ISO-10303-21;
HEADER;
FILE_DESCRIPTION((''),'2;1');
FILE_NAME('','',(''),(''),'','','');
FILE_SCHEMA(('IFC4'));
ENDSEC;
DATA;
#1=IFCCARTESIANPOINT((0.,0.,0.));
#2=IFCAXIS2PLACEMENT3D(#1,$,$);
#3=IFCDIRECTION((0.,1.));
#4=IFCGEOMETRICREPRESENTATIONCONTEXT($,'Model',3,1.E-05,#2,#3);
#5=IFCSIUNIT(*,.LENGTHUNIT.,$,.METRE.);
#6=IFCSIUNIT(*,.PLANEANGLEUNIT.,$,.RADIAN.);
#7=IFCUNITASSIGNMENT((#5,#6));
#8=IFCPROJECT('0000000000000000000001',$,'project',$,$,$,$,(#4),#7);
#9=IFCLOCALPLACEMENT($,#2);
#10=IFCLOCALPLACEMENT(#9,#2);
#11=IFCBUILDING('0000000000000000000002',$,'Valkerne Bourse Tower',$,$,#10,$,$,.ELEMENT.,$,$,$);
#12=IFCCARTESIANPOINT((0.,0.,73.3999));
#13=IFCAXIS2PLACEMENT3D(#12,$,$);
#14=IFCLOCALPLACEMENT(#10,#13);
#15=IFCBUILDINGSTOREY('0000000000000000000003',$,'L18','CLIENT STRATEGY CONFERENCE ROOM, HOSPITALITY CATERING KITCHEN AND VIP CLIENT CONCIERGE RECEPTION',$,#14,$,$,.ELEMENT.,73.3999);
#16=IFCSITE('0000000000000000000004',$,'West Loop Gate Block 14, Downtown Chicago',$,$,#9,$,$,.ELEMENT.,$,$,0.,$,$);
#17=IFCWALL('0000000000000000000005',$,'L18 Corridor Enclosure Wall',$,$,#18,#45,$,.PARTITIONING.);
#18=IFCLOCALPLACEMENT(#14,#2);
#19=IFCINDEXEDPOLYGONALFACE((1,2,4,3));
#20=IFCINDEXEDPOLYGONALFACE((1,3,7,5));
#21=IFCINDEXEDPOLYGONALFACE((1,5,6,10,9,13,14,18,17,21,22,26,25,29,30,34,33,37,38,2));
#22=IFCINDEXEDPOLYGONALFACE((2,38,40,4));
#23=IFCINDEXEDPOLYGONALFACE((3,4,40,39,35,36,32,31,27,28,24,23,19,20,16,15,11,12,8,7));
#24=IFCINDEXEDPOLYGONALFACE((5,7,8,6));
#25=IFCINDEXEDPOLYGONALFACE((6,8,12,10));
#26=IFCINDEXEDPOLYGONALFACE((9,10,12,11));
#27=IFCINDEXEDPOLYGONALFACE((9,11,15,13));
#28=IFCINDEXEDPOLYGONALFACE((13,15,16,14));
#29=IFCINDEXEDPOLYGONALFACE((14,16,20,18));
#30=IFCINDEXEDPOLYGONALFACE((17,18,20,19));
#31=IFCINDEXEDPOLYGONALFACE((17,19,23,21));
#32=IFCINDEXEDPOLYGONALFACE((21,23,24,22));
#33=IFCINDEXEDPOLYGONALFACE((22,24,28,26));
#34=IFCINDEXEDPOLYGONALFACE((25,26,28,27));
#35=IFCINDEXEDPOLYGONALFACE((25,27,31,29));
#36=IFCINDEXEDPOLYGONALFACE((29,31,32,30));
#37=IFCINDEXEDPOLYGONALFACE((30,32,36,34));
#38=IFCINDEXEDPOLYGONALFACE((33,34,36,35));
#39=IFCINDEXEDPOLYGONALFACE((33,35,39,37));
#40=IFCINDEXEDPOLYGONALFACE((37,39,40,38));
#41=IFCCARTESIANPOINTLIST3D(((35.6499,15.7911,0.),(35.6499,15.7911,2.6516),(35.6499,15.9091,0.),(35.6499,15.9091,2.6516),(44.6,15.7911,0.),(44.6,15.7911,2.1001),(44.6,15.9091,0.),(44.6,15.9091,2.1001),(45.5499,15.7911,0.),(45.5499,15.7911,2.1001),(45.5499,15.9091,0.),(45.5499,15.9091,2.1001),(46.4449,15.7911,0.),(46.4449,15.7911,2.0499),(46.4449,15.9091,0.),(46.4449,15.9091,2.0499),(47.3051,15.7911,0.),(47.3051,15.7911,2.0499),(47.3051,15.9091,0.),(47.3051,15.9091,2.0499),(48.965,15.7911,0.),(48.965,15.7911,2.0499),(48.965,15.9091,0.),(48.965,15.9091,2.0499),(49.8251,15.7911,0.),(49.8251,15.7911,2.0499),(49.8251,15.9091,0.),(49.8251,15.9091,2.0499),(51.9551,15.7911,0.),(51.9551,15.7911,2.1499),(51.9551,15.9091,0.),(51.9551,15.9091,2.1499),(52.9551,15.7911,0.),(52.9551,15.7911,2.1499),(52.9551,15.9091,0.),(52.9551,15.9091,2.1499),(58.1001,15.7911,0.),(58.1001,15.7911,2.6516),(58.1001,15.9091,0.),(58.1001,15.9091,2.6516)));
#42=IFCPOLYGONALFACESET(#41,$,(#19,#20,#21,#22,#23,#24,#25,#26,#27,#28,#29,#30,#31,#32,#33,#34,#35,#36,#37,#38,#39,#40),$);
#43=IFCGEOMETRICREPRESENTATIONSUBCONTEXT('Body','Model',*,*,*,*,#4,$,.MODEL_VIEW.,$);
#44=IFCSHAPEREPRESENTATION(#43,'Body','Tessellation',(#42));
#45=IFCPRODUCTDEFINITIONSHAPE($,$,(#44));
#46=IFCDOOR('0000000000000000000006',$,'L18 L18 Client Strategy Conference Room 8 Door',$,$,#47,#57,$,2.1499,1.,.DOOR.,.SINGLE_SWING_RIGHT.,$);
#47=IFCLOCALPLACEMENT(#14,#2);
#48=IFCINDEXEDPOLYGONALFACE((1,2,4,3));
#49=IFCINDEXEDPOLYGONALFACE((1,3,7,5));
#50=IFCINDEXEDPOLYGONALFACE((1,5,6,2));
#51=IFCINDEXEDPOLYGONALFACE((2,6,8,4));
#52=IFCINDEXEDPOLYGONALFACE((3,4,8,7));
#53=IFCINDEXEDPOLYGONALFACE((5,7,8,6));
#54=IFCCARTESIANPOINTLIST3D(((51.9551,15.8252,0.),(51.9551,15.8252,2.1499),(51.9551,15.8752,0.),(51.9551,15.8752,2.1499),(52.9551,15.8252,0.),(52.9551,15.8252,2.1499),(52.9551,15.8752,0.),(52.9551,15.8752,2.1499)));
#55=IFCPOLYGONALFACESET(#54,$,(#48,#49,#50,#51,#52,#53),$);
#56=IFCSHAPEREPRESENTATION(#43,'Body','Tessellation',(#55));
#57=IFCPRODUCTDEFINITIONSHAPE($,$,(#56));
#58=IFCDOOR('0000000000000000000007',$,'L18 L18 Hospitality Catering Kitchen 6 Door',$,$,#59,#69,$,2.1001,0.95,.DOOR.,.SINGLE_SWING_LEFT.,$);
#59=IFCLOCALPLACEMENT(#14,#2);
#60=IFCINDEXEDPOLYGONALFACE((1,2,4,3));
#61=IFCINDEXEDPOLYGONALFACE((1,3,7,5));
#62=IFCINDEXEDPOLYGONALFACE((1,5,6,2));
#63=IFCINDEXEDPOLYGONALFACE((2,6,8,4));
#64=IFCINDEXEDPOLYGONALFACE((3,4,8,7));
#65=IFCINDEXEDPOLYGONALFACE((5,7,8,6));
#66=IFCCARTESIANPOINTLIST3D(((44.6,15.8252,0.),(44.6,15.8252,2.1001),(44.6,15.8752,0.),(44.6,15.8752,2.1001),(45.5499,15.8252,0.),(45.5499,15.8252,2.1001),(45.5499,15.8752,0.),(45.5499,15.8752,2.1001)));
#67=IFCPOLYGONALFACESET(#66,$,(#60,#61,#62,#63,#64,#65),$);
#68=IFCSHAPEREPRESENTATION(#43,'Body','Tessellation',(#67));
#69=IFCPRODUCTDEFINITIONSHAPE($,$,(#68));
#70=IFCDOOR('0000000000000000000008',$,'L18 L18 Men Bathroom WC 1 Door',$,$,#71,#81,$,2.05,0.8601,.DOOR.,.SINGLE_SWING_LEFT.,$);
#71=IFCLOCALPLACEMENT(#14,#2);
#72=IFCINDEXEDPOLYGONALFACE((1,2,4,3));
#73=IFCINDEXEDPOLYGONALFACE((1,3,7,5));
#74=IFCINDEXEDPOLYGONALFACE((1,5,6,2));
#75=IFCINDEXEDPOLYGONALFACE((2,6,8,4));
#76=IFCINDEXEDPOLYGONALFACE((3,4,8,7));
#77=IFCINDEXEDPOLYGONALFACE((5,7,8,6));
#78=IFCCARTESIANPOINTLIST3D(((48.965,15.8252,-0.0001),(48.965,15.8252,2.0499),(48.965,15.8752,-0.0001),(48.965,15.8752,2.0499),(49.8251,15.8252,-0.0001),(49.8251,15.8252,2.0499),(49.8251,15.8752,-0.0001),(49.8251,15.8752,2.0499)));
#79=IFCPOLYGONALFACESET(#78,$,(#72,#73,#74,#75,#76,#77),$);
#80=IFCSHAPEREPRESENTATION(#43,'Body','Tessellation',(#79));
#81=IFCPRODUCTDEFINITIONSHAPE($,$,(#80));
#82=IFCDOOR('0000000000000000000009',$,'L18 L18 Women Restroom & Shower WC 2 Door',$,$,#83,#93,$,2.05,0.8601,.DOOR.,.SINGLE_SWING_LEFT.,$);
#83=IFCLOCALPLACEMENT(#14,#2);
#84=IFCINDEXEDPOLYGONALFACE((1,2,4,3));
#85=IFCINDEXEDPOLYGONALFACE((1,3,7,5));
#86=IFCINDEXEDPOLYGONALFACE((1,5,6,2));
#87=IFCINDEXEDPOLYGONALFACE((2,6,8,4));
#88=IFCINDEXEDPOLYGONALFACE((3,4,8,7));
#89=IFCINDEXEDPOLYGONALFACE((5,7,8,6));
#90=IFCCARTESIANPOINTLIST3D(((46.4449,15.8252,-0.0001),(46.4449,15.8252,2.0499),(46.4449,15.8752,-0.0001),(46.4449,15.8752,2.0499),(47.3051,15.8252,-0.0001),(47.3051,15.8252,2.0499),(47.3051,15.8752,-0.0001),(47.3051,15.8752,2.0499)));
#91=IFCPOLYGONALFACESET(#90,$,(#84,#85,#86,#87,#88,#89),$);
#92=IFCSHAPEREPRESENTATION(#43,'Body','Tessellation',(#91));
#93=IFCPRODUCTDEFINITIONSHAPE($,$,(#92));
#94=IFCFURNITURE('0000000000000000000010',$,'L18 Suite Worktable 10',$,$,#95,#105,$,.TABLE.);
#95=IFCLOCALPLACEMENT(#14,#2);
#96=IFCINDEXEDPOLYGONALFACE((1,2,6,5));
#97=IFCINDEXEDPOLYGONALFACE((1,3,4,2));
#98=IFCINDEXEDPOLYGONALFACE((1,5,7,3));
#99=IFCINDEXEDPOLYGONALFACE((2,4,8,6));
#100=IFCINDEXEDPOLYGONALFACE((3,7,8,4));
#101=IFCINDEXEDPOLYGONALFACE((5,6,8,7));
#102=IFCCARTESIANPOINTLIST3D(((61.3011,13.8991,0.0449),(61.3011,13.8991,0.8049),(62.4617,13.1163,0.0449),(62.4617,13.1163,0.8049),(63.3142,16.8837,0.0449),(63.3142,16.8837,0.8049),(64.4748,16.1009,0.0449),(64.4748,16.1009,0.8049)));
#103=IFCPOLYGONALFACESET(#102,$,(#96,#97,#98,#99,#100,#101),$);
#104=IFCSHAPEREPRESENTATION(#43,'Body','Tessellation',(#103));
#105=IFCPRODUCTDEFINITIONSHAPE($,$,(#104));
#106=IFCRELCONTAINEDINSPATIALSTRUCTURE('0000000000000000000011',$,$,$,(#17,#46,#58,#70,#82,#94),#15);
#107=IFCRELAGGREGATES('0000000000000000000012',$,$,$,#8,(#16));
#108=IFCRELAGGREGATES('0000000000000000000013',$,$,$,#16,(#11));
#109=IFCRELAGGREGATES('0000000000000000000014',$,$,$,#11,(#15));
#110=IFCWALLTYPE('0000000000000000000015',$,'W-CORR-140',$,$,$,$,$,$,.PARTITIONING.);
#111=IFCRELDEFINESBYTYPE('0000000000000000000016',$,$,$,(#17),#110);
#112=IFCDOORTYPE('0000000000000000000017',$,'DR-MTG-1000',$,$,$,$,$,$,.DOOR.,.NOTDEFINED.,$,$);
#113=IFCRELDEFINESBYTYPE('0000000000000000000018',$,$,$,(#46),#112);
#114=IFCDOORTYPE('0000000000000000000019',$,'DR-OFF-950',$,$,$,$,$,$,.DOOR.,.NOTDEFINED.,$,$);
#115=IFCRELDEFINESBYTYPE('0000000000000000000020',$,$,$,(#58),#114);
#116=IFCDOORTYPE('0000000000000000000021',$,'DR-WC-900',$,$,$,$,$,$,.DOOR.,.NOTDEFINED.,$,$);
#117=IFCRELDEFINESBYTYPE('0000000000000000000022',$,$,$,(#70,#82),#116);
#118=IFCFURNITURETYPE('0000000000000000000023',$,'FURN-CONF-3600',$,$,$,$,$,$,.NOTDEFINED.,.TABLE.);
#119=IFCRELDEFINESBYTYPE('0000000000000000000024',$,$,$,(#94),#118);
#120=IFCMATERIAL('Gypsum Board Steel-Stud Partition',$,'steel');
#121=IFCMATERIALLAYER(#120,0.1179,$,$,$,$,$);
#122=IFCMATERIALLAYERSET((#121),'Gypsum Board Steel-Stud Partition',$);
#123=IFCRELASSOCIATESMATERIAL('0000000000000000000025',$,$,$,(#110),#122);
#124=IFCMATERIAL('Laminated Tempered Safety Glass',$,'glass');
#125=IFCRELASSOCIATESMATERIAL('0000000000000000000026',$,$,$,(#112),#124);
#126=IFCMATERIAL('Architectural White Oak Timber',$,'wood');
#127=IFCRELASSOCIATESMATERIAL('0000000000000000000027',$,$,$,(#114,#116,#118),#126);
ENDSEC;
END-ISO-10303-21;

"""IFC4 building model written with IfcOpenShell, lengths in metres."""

from ifc_helpers import new_model, si_unit, direction, frame, frame_2d, origin, origin_2d, place, context, subcontext, project, spatial, rectangle, extrude, material, layer, layer_set, type_object, element, fill, save


model = new_model("IFC4")

# Units and contexts
model_context = context("Model", 3, precision=1e-05, world=origin(), true_north=direction((0.0, 1.0)))
body_context = subcontext(model_context, "Body", "Model", "MODEL_VIEW")
ifc_project = project(units=[si_unit("LENGTHUNIT", "METRE"), si_unit("PLANEANGLEUNIT", "RADIAN")], contexts=[model_context])

# Site, building, storey
site_placement = place(None, origin())
site = spatial("IfcSite", under=ifc_project, at=site_placement, Name="West Loop Gate Block 14, Downtown Chicago", CompositionType="ELEMENT", RefElevation=0.0)
building_placement = place(site_placement, origin())
building = spatial("IfcBuilding", under=site, at=building_placement, Name="Valkerne Bourse Tower", CompositionType="ELEMENT")
storey_placement = place(building_placement, frame((0.0, 0.0, 73.3999)))
storey = spatial("IfcBuildingStorey", under=building, at=storey_placement, Name="L18", Description="CLIENT STRATEGY CONFERENCE ROOM, HOSPITALITY CATERING KITCHEN AND VIP CLIENT CONCIERGE RECEPTION", CompositionType="ELEMENT", Elevation=73.3999)

# Wall, openings, doors
ifc_material_1 = material(Name="Gypsum Board Steel-Stud Partition", Category="steel")
ifc_layer_1 = layer(ifc_material_1, 0.1179)
ifc_layer_set_1 = layer_set([ifc_layer_1], Name="Gypsum Board Steel-Stud Partition")
wall_type = type_object("IfcWallType", Name="W-CORR-140", PredefinedType="PARTITIONING", material=ifc_layer_set_1)
wall_placement = place(storey_placement, frame((58.1001, 15.8501, 0.0), z_axis=(0.0, 0.0, 1.0), x_axis=(-1.0, 0.0, 0.0)))
wall = element("IfcWall", 1, at=wall_placement, inside=storey, type_object=wall_type, Name="L18 Corridor Enclosure Wall", PredefinedType="PARTITIONING", context=body_context, shape_type="SweptSolid", body=[
    extrude(rectangle(XDim=22.4502, YDim=0.1179, at=frame_2d((11.2251, 0.0))), origin(), (0.0, 0.0, 1.0), 2.6516),
])
opening_1_placement = place(wall_placement, frame((8.2749, 0.0, 0.0)))
opening_1 = element("IfcOpeningElement", 2, at=opening_1_placement, cuts=wall, PredefinedType="OPENING", context=body_context, shape_type="SweptSolid", body=[
    extrude(rectangle(XDim=0.8601, YDim=2.05, at=frame_2d((0.4302, 1.0249))), frame((0.0, 0.0688, 0.0), z_axis=(0.0, -1.0, 0.0), x_axis=(1.0, 0.0, 0.0)), (0.0, 0.0, 1.0), 0.1379),
])
opening_2_placement = place(wall_placement, frame((10.7949, 0.0, 0.0)))
opening_2 = element("IfcOpeningElement", 3, at=opening_2_placement, cuts=wall, PredefinedType="OPENING", context=body_context, shape_type="SweptSolid", body=[
    extrude(rectangle(XDim=0.8601, YDim=2.05, at=frame_2d((0.4302, 1.0249))), frame((0.0, 0.0688, 0.0), z_axis=(0.0, -1.0, 0.0), x_axis=(1.0, 0.0, 0.0)), (0.0, 0.0, 1.0), 0.1379),
])
opening_3_placement = place(wall_placement, frame((12.55, 0.0, 0.0)))
opening_3 = element("IfcOpeningElement", 4, at=opening_3_placement, cuts=wall, PredefinedType="OPENING", context=body_context, shape_type="SweptSolid", body=[
    extrude(rectangle(XDim=0.95, YDim=2.1001, at=frame_2d((0.4751, 1.05))), frame((0.0, 0.0688, 0.0), z_axis=(0.0, -1.0, 0.0), x_axis=(1.0, 0.0, 0.0)), (0.0, 0.0, 1.0), 0.1379),
])
opening_4_placement = place(wall_placement, frame((5.145, 0.0, 0.0)))
opening_4 = element("IfcOpeningElement", 5, at=opening_4_placement, cuts=wall, PredefinedType="OPENING", context=body_context, shape_type="SweptSolid", body=[
    extrude(rectangle(XDim=1.0, YDim=2.1499, at=frame_2d((0.5, 1.075))), frame((0.0, 0.0688, 0.0), z_axis=(0.0, -1.0, 0.0), x_axis=(1.0, 0.0, 0.0)), (0.0, 0.0, 1.0), 0.1379),
])
ifc_material_2 = material(Name="Laminated Tempered Safety Glass", Category="glass")
door_type_1 = type_object("IfcDoorType", Name="DR-MTG-1000", OperationType="NOTDEFINED", PredefinedType="DOOR", material=ifc_material_2)
door_1_placement = place(opening_4_placement, origin())
door_1 = element("IfcDoor", 6, at=door_1_placement, inside=storey, type_object=door_type_1, Name="L18 L18 Client Strategy Conference Room 8 Door", OperationType="SINGLE_SWING_RIGHT", OverallHeight=2.1499, OverallWidth=1.0, PredefinedType="DOOR", context=body_context, shape_type="SweptSolid", body=[
    extrude(rectangle(XDim=1.0, YDim=2.1499, at=frame_2d((0.5, 1.075))), frame((0.0, 0.0249, 0.0), z_axis=(0.0, -1.0, 0.0), x_axis=(1.0, 0.0, 0.0)), (0.0, 0.0, 1.0), 0.05),
])
fill(opening_4, door_1)
ifc_material_3 = material(Name="Architectural White Oak Timber", Category="wood")
door_type_2 = type_object("IfcDoorType", Name="DR-OFF-950", OperationType="NOTDEFINED", PredefinedType="DOOR", material=ifc_material_3)
door_2_placement = place(opening_3_placement, origin())
door_2 = element("IfcDoor", 7, at=door_2_placement, inside=storey, type_object=door_type_2, Name="L18 L18 Hospitality Catering Kitchen 6 Door", OperationType="SINGLE_SWING_LEFT", OverallHeight=2.1001, OverallWidth=0.95, PredefinedType="DOOR", context=body_context, shape_type="SweptSolid", body=[
    extrude(rectangle(XDim=0.95, YDim=2.1001, at=frame_2d((0.4751, 1.05))), frame((0.0, 0.0249, 0.0), z_axis=(0.0, -1.0, 0.0), x_axis=(1.0, 0.0, 0.0)), (0.0, 0.0, 1.0), 0.05),
])
fill(opening_3, door_2)
door_type_3 = type_object("IfcDoorType", Name="DR-WC-900", OperationType="NOTDEFINED", PredefinedType="DOOR", material=ifc_material_3)
door_3_placement = place(opening_1_placement, origin())
door_3 = element("IfcDoor", 8, at=door_3_placement, inside=storey, type_object=door_type_3, Name="L18 L18 Men Bathroom WC 1 Door", OperationType="SINGLE_SWING_LEFT", OverallHeight=2.05, OverallWidth=0.8601, PredefinedType="DOOR", context=body_context, shape_type="SweptSolid", body=[
    extrude(rectangle(XDim=0.8601, YDim=2.05, at=frame_2d((0.4302, 1.0249))), frame((0.0, 0.0249, 0.0), z_axis=(0.0, -1.0, 0.0), x_axis=(1.0, 0.0, 0.0)), (0.0, 0.0, 1.0), 0.05),
])
fill(opening_1, door_3)
door_4_placement = place(opening_2_placement, origin())
door_4 = element("IfcDoor", 9, at=door_4_placement, inside=storey, type_object=door_type_3, Name="L18 L18 Women Restroom & Shower WC 2 Door", OperationType="SINGLE_SWING_LEFT", OverallHeight=2.05, OverallWidth=0.8601, PredefinedType="DOOR", context=body_context, shape_type="SweptSolid", body=[
    extrude(rectangle(XDim=0.8601, YDim=2.05, at=frame_2d((0.4302, 1.0249))), frame((0.0, 0.0249, 0.0), z_axis=(0.0, -1.0, 0.0), x_axis=(1.0, 0.0, 0.0)), (0.0, 0.0, 1.0), 0.05),
])
fill(opening_2, door_4)

# Furniture
furniture_type = type_object("IfcFurnitureType", Name="FURN-CONF-3600", AssemblyPlace="NOTDEFINED", PredefinedType="TABLE", material=ifc_material_3)
furniture_placement = place(storey_placement, frame((62.8879, 15.0, 0.0449), z_axis=(0.0, 0.0, 1.0), x_axis=(0.559193, 0.829038, 0.0)))
element("IfcFurniture", 10, at=furniture_placement, inside=storey, type_object=furniture_type, Name="L18 Suite Worktable 10", PredefinedType="TABLE", context=body_context, shape_type="SweptSolid", body=[
    extrude(rectangle(XDim=3.6001, YDim=1.3999, at=origin_2d()), origin(), (0.0, 0.0, 1.0), 0.76),
])

save(model, "model.ifc")
